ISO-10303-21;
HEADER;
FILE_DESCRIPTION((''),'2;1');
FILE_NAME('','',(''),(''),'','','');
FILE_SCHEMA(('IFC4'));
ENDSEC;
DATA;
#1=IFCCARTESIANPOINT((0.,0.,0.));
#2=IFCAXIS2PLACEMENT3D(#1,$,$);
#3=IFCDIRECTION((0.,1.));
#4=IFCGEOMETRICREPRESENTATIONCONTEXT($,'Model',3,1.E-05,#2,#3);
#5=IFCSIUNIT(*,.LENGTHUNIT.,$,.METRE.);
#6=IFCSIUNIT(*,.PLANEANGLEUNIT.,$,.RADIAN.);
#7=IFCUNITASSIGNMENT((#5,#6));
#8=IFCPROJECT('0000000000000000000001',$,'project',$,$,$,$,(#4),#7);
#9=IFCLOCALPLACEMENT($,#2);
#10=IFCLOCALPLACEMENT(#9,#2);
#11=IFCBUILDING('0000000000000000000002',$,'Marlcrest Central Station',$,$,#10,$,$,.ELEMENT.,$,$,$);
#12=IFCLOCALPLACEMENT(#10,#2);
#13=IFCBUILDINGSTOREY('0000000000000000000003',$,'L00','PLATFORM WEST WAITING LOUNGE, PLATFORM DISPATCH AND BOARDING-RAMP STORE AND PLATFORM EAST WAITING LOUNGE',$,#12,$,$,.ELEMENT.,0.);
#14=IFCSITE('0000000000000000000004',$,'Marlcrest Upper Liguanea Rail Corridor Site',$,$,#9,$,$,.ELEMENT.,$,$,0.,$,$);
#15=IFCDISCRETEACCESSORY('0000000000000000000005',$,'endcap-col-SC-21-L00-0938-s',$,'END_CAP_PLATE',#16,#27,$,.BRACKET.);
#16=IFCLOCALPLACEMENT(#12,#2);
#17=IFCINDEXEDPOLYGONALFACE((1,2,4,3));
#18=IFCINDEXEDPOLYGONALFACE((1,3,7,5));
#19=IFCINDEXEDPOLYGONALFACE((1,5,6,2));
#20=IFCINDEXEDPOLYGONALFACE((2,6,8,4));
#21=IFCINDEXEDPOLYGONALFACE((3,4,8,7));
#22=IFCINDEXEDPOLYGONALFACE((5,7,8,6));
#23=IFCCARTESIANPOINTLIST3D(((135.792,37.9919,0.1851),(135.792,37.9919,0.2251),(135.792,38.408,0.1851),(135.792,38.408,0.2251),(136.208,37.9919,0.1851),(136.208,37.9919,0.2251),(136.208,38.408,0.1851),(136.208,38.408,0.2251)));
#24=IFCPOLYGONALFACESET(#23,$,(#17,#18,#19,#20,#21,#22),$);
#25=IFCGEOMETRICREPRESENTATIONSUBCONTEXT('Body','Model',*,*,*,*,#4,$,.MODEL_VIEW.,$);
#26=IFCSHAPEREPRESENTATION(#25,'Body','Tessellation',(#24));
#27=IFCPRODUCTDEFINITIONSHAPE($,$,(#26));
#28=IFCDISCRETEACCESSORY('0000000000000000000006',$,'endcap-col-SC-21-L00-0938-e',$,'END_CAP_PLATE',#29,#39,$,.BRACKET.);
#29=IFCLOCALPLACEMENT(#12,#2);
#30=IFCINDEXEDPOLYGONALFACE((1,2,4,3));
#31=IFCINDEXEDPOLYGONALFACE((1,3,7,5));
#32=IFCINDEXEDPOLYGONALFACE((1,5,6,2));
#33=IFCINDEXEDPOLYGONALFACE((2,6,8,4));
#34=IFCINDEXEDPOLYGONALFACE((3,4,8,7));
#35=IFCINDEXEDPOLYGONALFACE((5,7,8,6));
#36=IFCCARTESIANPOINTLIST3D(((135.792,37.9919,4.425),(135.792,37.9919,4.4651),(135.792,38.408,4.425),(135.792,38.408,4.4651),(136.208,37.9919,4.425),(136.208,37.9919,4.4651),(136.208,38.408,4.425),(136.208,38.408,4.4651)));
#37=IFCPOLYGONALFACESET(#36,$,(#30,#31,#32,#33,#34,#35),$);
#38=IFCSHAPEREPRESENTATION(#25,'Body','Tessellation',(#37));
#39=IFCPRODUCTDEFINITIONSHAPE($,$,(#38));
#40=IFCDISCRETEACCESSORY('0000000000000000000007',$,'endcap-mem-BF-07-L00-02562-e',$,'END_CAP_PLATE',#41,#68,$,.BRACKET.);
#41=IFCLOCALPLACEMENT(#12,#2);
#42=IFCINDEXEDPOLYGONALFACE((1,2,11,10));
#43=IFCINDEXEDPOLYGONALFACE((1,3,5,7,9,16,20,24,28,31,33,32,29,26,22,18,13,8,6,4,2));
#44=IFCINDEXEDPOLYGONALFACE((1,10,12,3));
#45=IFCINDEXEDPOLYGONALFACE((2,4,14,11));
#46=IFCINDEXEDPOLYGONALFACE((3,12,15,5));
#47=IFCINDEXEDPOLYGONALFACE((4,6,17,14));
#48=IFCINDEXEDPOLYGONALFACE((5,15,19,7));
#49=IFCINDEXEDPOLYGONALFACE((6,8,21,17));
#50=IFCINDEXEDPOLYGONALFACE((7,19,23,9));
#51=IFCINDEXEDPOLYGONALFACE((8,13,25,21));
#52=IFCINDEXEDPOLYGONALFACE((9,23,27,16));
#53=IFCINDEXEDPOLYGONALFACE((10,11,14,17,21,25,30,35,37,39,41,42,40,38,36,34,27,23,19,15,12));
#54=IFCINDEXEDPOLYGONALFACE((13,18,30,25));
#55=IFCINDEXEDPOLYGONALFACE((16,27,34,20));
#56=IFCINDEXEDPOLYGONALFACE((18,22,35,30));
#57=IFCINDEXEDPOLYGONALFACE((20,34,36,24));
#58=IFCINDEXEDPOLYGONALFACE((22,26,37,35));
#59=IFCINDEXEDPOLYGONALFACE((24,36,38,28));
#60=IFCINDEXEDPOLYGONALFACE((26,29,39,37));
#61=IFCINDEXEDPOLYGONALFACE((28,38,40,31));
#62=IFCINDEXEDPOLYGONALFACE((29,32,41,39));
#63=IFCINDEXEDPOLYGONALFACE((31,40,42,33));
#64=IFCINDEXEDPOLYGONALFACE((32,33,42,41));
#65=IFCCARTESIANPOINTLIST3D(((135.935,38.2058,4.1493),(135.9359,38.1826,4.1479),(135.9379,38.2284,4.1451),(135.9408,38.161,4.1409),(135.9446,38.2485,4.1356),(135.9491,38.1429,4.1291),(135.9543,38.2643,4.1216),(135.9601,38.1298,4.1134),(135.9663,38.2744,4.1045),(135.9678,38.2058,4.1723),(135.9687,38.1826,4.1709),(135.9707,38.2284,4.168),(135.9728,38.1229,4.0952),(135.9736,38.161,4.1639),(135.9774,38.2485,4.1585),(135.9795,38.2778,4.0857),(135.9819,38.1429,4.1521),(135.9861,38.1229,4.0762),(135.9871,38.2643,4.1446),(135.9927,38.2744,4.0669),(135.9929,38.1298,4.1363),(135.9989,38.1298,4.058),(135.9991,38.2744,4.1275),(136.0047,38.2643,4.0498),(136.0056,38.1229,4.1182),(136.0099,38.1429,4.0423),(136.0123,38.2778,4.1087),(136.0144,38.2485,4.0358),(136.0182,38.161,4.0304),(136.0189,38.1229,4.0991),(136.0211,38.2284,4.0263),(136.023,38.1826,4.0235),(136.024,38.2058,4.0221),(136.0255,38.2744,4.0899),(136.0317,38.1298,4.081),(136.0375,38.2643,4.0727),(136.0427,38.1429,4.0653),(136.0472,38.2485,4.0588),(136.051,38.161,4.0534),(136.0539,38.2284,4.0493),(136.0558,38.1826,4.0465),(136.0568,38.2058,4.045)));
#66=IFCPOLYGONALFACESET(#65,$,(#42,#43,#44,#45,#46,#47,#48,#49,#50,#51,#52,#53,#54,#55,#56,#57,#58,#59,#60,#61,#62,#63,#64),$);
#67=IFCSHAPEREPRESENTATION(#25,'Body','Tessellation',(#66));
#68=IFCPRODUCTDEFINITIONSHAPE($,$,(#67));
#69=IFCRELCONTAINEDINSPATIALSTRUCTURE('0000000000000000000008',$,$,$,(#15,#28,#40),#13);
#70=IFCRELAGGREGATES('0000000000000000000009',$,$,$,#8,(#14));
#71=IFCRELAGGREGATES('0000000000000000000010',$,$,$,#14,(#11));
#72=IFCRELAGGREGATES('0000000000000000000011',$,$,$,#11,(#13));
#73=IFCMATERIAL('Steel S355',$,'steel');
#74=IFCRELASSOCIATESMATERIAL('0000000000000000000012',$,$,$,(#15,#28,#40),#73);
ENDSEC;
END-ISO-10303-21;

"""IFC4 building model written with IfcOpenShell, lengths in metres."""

from ifc_helpers import new_model, si_unit, direction, frame, origin, origin_2d, place, context, subcontext, project, spatial, rectangle, circle, extrude, material, element, save


model = new_model("IFC4")

# Units and contexts
model_context = context("Model", 3, precision=1e-05, world=origin(), true_north=direction((0.0, 1.0)))
body_context = subcontext(model_context, "Body", "Model", "MODEL_VIEW")
ifc_project = project(units=[si_unit("LENGTHUNIT", "METRE"), si_unit("PLANEANGLEUNIT", "RADIAN")], contexts=[model_context])

# Site, building, storey
site_placement = place(None, origin())
site = spatial("IfcSite", under=ifc_project, at=site_placement, Name="Marlcrest Upper Liguanea Rail Corridor Site", CompositionType="ELEMENT", RefElevation=0.0)
building_placement = place(site_placement, origin())
building = spatial("IfcBuilding", under=site, at=building_placement, Name="Marlcrest Central Station", CompositionType="ELEMENT")
storey_placement = place(building_placement, origin())
storey = spatial("IfcBuildingStorey", under=building, at=storey_placement, Name="L00", Description="PLATFORM WEST WAITING LOUNGE, PLATFORM DISPATCH AND BOARDING-RAMP STORE AND PLATFORM EAST WAITING LOUNGE", CompositionType="ELEMENT", Elevation=0.0)

# Shared definitions
ifc_material_1 = material(Name="Steel S355", Category="steel")

# Discrete accessories
for number, where, z_axis, x_axis, name in (
    (1, (136.0, 38.2, 0.1851), (0.0, 0.0, 1.0), (1.0, 0.0, 0.0), "endcap-col-SC-21-L00-0938-s"),
    (2, (136.0, 38.2, 4.425), (0.0, 0.0, 1.0), (1.0, 0.0, 0.0), "endcap-col-SC-21-L00-0938-e"),
):
    element("IfcDiscreteAccessory", number, at=place(storey_placement, frame(where, z_axis=z_axis, x_axis=x_axis)), inside=storey, material=ifc_material_1, Name=name, ObjectType="END_CAP_PLATE", PredefinedType="BRACKET", context=body_context, shape_type="SweptSolid", body=[
        extrude(rectangle(XDim=0.416, YDim=0.416, at=origin_2d()), origin(), (0.0, 0.0, 1.0), 0.04),
    ])
discrete_accessory_1_placement = place(storey_placement, frame((135.9795, 38.2, 4.0857), z_axis=(0.819204, 0.0, 0.573503), x_axis=(0.0, 1.0, 0.0)))
element("IfcDiscreteAccessory", 3, at=discrete_accessory_1_placement, inside=storey, material=ifc_material_1, Name="endcap-mem-BF-07-L00-02562-e", ObjectType="END_CAP_PLATE", PredefinedType="BRACKET", context=body_context, shape_type="SweptSolid", body=[
    extrude(circle(Radius=0.0779, at=origin_2d()), origin(), (0.0, 0.0, 1.0), 0.04),
])

save(model, "model.ifc")
